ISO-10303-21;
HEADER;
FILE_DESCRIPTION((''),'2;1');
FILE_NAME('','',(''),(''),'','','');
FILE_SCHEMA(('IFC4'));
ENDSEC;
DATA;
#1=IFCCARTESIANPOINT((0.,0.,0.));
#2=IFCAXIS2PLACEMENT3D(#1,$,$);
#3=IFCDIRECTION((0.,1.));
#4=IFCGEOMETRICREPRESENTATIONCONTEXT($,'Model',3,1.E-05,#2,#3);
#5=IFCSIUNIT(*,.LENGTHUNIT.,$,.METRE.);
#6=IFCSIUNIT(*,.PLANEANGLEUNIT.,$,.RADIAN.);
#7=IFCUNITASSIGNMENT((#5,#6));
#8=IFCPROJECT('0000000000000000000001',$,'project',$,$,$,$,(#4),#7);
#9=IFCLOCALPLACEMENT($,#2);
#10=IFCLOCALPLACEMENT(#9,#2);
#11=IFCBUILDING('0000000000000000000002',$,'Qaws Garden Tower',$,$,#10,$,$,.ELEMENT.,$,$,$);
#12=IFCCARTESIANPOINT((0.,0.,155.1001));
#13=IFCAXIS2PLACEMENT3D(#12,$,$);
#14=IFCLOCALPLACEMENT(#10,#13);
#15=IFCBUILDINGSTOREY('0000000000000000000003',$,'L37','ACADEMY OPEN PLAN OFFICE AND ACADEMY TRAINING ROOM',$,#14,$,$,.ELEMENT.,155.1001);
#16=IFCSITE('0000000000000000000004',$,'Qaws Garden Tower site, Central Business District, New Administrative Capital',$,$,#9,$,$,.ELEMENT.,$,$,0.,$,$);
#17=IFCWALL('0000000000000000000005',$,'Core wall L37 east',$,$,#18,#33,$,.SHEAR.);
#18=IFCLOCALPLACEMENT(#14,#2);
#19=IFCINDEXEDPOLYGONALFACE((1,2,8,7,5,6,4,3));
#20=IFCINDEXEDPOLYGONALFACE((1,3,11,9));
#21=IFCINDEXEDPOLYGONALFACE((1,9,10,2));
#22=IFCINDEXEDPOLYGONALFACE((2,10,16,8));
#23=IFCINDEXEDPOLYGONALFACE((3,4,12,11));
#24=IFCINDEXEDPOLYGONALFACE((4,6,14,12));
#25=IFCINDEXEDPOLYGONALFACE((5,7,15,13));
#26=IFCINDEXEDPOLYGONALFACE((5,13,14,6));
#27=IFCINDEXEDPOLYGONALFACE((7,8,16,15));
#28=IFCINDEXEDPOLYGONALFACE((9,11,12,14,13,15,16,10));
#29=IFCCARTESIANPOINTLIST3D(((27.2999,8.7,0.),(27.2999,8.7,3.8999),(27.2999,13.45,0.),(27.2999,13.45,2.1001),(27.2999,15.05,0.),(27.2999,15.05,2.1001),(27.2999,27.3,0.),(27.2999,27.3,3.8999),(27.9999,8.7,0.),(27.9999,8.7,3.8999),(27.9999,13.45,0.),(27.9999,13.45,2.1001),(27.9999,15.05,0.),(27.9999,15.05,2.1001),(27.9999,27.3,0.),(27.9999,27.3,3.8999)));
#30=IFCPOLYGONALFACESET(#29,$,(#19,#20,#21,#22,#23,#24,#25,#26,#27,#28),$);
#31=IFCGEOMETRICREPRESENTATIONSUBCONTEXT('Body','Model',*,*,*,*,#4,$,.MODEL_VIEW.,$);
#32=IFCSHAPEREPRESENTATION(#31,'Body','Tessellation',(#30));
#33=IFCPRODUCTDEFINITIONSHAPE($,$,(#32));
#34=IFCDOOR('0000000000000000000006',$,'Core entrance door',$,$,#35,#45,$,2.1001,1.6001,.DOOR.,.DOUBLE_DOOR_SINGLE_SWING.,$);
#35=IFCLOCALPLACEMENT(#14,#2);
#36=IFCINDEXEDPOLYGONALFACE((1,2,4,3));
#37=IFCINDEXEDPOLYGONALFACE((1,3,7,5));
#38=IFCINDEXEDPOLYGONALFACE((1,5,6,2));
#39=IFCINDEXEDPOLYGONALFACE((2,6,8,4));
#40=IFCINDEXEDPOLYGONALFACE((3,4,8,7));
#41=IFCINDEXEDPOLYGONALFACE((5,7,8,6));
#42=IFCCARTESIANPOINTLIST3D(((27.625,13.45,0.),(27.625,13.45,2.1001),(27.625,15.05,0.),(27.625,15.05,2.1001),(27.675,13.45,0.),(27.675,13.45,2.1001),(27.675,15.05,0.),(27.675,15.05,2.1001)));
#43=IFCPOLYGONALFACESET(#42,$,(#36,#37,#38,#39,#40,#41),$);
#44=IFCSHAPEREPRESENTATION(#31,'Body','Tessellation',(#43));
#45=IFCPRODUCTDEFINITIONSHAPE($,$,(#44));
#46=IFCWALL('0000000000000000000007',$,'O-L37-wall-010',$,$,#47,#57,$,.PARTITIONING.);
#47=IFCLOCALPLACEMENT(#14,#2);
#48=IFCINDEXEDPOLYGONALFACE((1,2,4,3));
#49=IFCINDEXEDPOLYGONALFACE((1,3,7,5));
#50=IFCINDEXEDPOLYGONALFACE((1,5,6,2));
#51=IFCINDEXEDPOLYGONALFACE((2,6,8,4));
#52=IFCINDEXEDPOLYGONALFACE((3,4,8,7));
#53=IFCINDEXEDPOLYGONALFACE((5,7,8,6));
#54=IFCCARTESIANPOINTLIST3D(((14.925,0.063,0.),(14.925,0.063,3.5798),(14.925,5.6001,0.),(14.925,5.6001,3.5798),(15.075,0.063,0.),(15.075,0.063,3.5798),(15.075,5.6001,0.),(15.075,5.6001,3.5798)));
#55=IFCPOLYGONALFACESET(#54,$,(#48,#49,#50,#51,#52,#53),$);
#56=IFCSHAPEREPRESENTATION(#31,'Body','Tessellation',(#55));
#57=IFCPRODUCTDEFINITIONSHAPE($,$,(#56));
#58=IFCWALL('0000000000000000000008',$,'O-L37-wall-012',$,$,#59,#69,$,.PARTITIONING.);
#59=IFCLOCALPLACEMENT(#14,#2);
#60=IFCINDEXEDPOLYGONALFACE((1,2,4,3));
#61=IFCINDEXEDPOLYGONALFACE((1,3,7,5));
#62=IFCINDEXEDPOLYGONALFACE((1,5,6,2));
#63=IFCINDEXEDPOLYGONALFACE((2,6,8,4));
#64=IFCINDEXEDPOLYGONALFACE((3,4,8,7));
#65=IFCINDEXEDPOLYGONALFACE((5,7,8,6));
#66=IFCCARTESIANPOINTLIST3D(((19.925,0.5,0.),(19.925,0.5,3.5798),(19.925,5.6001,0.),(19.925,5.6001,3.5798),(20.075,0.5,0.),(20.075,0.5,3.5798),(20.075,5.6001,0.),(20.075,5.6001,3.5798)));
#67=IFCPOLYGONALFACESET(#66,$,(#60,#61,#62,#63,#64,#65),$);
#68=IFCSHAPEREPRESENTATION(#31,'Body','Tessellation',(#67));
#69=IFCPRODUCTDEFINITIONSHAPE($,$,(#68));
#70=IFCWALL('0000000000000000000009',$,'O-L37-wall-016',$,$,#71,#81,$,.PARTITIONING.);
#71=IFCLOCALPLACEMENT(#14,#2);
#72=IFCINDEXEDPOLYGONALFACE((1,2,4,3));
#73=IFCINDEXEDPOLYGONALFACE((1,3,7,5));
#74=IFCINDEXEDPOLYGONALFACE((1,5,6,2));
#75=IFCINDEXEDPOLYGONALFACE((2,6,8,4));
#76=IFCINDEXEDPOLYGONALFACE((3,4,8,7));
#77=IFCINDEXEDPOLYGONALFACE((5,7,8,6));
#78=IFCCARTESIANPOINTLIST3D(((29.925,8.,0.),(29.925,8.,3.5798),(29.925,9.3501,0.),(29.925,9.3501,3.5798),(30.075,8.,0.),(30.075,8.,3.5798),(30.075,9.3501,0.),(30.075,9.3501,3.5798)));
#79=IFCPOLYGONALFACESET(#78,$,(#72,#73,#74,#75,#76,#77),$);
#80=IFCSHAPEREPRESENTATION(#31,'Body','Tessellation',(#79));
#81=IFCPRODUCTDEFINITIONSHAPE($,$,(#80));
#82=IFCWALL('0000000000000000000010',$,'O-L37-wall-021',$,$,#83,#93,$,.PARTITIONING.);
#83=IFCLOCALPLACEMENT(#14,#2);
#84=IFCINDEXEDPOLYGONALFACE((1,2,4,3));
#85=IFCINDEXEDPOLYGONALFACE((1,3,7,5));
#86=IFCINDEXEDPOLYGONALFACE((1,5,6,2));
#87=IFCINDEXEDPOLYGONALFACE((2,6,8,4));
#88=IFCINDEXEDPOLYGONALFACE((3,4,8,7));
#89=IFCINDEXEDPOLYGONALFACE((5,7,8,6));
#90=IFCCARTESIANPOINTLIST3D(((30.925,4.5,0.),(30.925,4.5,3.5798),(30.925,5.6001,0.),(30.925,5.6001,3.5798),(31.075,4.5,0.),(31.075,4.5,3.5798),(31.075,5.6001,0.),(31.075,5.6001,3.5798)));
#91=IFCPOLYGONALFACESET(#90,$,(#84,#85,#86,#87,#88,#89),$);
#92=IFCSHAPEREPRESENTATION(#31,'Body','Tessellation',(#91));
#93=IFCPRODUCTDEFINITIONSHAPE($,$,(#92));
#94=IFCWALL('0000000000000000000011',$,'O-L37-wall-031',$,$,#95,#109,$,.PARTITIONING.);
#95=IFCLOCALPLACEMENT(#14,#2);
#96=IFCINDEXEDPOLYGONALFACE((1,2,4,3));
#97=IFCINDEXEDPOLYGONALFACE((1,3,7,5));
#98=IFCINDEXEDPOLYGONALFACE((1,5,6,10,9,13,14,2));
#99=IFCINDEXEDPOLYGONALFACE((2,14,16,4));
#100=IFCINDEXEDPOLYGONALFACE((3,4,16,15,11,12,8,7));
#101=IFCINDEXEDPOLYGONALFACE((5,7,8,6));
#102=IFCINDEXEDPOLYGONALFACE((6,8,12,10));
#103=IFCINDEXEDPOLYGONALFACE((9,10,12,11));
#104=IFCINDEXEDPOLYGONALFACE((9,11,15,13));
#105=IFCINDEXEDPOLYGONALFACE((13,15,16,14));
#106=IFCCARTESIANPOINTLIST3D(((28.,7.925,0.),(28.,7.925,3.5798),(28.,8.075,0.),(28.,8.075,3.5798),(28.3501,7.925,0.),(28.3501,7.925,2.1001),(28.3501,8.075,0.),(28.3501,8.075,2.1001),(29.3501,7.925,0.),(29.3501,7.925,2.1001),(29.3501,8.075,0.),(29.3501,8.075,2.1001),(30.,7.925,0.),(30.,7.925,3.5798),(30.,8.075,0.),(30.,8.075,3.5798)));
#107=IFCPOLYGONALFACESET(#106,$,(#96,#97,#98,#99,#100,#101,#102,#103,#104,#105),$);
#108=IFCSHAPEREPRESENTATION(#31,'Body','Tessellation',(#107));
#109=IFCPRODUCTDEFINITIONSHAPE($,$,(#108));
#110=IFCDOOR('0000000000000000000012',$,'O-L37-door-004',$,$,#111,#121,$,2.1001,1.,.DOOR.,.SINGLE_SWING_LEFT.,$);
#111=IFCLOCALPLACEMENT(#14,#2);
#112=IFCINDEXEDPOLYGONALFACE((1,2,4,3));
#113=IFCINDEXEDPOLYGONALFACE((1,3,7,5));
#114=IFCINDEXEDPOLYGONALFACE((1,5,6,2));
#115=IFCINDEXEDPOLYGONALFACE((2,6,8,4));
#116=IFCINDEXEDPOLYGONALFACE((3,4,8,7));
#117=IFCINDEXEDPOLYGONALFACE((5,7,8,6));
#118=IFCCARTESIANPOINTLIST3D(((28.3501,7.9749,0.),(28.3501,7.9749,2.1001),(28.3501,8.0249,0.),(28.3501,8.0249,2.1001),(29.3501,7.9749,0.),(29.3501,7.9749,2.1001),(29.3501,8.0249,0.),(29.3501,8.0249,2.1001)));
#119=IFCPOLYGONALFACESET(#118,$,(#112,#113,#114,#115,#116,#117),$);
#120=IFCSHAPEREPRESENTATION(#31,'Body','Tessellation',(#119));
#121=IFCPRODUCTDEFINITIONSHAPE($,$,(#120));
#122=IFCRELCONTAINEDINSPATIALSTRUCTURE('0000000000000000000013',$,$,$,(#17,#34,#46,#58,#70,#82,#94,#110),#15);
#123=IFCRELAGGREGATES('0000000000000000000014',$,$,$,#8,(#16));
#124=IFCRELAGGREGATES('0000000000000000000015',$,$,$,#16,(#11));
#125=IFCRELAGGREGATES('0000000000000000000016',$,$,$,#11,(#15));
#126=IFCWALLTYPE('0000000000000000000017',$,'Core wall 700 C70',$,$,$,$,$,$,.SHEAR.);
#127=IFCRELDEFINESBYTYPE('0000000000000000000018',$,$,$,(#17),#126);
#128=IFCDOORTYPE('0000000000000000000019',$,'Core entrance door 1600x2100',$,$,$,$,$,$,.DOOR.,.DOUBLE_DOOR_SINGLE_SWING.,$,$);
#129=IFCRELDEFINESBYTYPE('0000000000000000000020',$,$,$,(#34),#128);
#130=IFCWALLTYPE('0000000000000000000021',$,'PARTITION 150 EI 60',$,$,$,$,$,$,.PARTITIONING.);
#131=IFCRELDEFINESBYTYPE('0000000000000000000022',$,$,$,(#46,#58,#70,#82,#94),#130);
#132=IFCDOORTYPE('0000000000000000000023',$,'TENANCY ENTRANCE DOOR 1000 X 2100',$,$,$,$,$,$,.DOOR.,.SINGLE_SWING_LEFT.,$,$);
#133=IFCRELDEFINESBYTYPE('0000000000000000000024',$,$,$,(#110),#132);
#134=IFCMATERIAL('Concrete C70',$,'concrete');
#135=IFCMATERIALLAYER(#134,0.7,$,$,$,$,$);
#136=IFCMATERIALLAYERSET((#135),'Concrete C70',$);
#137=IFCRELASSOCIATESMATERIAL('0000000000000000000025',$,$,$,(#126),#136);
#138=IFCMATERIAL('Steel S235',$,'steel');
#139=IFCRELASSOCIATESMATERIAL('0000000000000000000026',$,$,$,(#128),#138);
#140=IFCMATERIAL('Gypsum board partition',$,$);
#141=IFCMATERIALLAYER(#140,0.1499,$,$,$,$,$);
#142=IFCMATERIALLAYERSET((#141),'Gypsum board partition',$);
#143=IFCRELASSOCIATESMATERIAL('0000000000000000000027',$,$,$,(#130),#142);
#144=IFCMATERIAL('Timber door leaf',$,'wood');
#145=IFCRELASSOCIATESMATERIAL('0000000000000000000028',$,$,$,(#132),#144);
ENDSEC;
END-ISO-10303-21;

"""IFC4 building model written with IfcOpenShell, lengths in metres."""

from ifc_helpers import new_model, si_unit, direction, frame, frame_2d, origin, place, context, subcontext, project, spatial, rectangle, extrude, material, layer, layer_set, type_object, element, fill, save


model = new_model("IFC4")

# Units and contexts
model_context = context("Model", 3, precision=1e-05, world=origin(), true_north=direction((0.0, 1.0)))
body_context = subcontext(model_context, "Body", "Model", "MODEL_VIEW")
ifc_project = project(units=[si_unit("LENGTHUNIT", "METRE"), si_unit("PLANEANGLEUNIT", "RADIAN")], contexts=[model_context])

# Site, building, storey
site_placement = place(None, origin())
site = spatial("IfcSite", under=ifc_project, at=site_placement, Name="Qaws Garden Tower site, Central Business District, New Administrative Capital", CompositionType="ELEMENT", RefElevation=0.0)
building_placement = place(site_placement, origin())
building = spatial("IfcBuilding", under=site, at=building_placement, Name="Qaws Garden Tower", CompositionType="ELEMENT")
storey_placement = place(building_placement, frame((0.0, 0.0, 155.1001)))
storey = spatial("IfcBuildingStorey", under=building, at=storey_placement, Name="L37", Description="ACADEMY OPEN PLAN OFFICE AND ACADEMY TRAINING ROOM", CompositionType="ELEMENT", Elevation=155.1001)

# Wall, opening, door
ifc_material_1 = material(Name="Concrete C70", Category="concrete")
ifc_layer_1 = layer(ifc_material_1, 0.7)
ifc_layer_set_1 = layer_set([ifc_layer_1], Name="Concrete C70")
wall_type_1 = type_object("IfcWallType", Name="Core wall 700 C70", PredefinedType="SHEAR", material=ifc_layer_set_1)
wall_1_placement = place(storey_placement, frame((27.6499, 8.7, 0.0), z_axis=(0.0, 0.0, 1.0), x_axis=(0.0, 1.0, 0.0)))
wall_1 = element("IfcWall", 1, at=wall_1_placement, inside=storey, type_object=wall_type_1, Name="Core wall L37 east", PredefinedType="SHEAR", context=body_context, shape_type="SweptSolid", body=[
    extrude(rectangle(XDim=18.6001, YDim=0.7, at=frame_2d((9.3, 0.0))), origin(), (0.0, 0.0, 1.0), 3.8999),
])
opening_1_placement = place(wall_1_placement, frame((4.75, 0.0, 0.0)))
opening_1 = element("IfcOpeningElement", 2, at=opening_1_placement, cuts=wall_1, PredefinedType="OPENING", context=body_context, shape_type="SweptSolid", body=[
    extrude(rectangle(XDim=1.6001, YDim=2.1001, at=frame_2d((0.8, 1.05))), frame((0.0, 0.3599, 0.0), z_axis=(0.0, -1.0, 0.0), x_axis=(1.0, 0.0, 0.0)), (0.0, 0.0, 1.0), 0.72),
])
ifc_material_2 = material(Name="Steel S235", Category="steel")
door_type_1 = type_object("IfcDoorType", Name="Core entrance door 1600x2100", OperationType="DOUBLE_DOOR_SINGLE_SWING", PredefinedType="DOOR", material=ifc_material_2)
door_1_placement = place(opening_1_placement, origin())
door_1 = element("IfcDoor", 3, at=door_1_placement, inside=storey, type_object=door_type_1, Name="Core entrance door", OperationType="DOUBLE_DOOR_SINGLE_SWING", OverallHeight=2.1001, OverallWidth=1.6001, PredefinedType="DOOR", context=body_context, shape_type="SweptSolid", body=[
    extrude(rectangle(XDim=1.6001, YDim=2.1001, at=frame_2d((0.8, 1.05))), frame((0.0, 0.0249, 0.0), z_axis=(0.0, -1.0, 0.0), x_axis=(1.0, 0.0, 0.0)), (0.0, 0.0, 1.0), 0.05),
])
fill(opening_1, door_1)

# Walls
ifc_material_3 = material(Name="Gypsum board partition")
ifc_layer_2 = layer(ifc_material_3, 0.1499)
ifc_layer_set_2 = layer_set([ifc_layer_2], Name="Gypsum board partition")
wall_type_2 = type_object("IfcWallType", Name="PARTITION 150 EI 60", PredefinedType="PARTITIONING", material=ifc_layer_set_2)
wall_2_placement = place(storey_placement, frame((15.0, 0.063, 0.0), z_axis=(0.0, 0.0, 1.0), x_axis=(0.0, 1.0, 0.0)))
element("IfcWall", 4, at=wall_2_placement, inside=storey, type_object=wall_type_2, Name="O-L37-wall-010", PredefinedType="PARTITIONING", context=body_context, shape_type="SweptSolid", body=[
    extrude(rectangle(XDim=5.5371, YDim=0.1499, at=frame_2d((2.7686, 0.0))), origin(), (0.0, 0.0, 1.0), 3.5798),
])
wall_3_placement = place(storey_placement, frame((20.0, 0.5, 0.0), z_axis=(0.0, 0.0, 1.0), x_axis=(0.0, 1.0, 0.0)))
element("IfcWall", 5, at=wall_3_placement, inside=storey, type_object=wall_type_2, Name="O-L37-wall-012", PredefinedType="PARTITIONING", context=body_context, shape_type="SweptSolid", body=[
    extrude(rectangle(XDim=5.1001, YDim=0.1499, at=frame_2d((2.55, 0.0))), origin(), (0.0, 0.0, 1.0), 3.5798),
])
wall_4_placement = place(storey_placement, frame((30.0, 8.0, 0.0), z_axis=(0.0, 0.0, 1.0), x_axis=(0.0, 1.0, 0.0)))
element("IfcWall", 6, at=wall_4_placement, inside=storey, type_object=wall_type_2, Name="O-L37-wall-016", PredefinedType="PARTITIONING", context=body_context, shape_type="SweptSolid", body=[
    extrude(rectangle(XDim=1.3501, YDim=0.1499, at=frame_2d((0.675, 0.0))), origin(), (0.0, 0.0, 1.0), 3.5798),
])
wall_5_placement = place(storey_placement, frame((31.0, 4.5, 0.0), z_axis=(0.0, 0.0, 1.0), x_axis=(0.0, 1.0, 0.0)))
element("IfcWall", 7, at=wall_5_placement, inside=storey, type_object=wall_type_2, Name="O-L37-wall-021", PredefinedType="PARTITIONING", context=body_context, shape_type="SweptSolid", body=[
    extrude(rectangle(XDim=1.1001, YDim=0.1499, at=frame_2d((0.55, 0.0))), origin(), (0.0, 0.0, 1.0), 3.5798),
])

# Wall, opening, door
wall_6_placement = place(storey_placement, frame((28.0, 8.0, 0.0), z_axis=(0.0, 0.0, 1.0), x_axis=(1.0, 0.0, 0.0)))
wall_6 = element("IfcWall", 8, at=wall_6_placement, inside=storey, type_object=wall_type_2, Name="O-L37-wall-031", PredefinedType="PARTITIONING", context=body_context, shape_type="SweptSolid", body=[
    extrude(rectangle(XDim=2.0, YDim=0.1499, at=frame_2d((1.0, 0.0))), origin(), (0.0, 0.0, 1.0), 3.5798),
])
opening_2_placement = place(wall_6_placement, frame((0.3501, 0.0, 0.0)))
opening_2 = element("IfcOpeningElement", 9, at=opening_2_placement, cuts=wall_6, PredefinedType="OPENING", context=body_context, shape_type="SweptSolid", body=[
    extrude(rectangle(XDim=1.0, YDim=2.1001, at=frame_2d((0.5, 1.05))), frame((0.0, 0.085, 0.0), z_axis=(0.0, -1.0, 0.0), x_axis=(1.0, 0.0, 0.0)), (0.0, 0.0, 1.0), 0.1699),
])
ifc_material_4 = material(Name="Timber door leaf", Category="wood")
door_type_2 = type_object("IfcDoorType", Name="TENANCY ENTRANCE DOOR 1000 X 2100", OperationType="SINGLE_SWING_LEFT", PredefinedType="DOOR", material=ifc_material_4)
door_2_placement = place(opening_2_placement, origin())
door_2 = element("IfcDoor", 10, at=door_2_placement, inside=storey, type_object=door_type_2, Name="O-L37-door-004", OperationType="SINGLE_SWING_LEFT", OverallHeight=2.1001, OverallWidth=1.0, PredefinedType="DOOR", context=body_context, shape_type="SweptSolid", body=[
    extrude(rectangle(XDim=1.0, YDim=2.1001, at=frame_2d((0.5, 1.05))), frame((0.0, 0.0249, 0.0), z_axis=(0.0, -1.0, 0.0), x_axis=(1.0, 0.0, 0.0)), (0.0, 0.0, 1.0), 0.05),
])
fill(opening_2, door_2)

save(model, "model.ifc")
